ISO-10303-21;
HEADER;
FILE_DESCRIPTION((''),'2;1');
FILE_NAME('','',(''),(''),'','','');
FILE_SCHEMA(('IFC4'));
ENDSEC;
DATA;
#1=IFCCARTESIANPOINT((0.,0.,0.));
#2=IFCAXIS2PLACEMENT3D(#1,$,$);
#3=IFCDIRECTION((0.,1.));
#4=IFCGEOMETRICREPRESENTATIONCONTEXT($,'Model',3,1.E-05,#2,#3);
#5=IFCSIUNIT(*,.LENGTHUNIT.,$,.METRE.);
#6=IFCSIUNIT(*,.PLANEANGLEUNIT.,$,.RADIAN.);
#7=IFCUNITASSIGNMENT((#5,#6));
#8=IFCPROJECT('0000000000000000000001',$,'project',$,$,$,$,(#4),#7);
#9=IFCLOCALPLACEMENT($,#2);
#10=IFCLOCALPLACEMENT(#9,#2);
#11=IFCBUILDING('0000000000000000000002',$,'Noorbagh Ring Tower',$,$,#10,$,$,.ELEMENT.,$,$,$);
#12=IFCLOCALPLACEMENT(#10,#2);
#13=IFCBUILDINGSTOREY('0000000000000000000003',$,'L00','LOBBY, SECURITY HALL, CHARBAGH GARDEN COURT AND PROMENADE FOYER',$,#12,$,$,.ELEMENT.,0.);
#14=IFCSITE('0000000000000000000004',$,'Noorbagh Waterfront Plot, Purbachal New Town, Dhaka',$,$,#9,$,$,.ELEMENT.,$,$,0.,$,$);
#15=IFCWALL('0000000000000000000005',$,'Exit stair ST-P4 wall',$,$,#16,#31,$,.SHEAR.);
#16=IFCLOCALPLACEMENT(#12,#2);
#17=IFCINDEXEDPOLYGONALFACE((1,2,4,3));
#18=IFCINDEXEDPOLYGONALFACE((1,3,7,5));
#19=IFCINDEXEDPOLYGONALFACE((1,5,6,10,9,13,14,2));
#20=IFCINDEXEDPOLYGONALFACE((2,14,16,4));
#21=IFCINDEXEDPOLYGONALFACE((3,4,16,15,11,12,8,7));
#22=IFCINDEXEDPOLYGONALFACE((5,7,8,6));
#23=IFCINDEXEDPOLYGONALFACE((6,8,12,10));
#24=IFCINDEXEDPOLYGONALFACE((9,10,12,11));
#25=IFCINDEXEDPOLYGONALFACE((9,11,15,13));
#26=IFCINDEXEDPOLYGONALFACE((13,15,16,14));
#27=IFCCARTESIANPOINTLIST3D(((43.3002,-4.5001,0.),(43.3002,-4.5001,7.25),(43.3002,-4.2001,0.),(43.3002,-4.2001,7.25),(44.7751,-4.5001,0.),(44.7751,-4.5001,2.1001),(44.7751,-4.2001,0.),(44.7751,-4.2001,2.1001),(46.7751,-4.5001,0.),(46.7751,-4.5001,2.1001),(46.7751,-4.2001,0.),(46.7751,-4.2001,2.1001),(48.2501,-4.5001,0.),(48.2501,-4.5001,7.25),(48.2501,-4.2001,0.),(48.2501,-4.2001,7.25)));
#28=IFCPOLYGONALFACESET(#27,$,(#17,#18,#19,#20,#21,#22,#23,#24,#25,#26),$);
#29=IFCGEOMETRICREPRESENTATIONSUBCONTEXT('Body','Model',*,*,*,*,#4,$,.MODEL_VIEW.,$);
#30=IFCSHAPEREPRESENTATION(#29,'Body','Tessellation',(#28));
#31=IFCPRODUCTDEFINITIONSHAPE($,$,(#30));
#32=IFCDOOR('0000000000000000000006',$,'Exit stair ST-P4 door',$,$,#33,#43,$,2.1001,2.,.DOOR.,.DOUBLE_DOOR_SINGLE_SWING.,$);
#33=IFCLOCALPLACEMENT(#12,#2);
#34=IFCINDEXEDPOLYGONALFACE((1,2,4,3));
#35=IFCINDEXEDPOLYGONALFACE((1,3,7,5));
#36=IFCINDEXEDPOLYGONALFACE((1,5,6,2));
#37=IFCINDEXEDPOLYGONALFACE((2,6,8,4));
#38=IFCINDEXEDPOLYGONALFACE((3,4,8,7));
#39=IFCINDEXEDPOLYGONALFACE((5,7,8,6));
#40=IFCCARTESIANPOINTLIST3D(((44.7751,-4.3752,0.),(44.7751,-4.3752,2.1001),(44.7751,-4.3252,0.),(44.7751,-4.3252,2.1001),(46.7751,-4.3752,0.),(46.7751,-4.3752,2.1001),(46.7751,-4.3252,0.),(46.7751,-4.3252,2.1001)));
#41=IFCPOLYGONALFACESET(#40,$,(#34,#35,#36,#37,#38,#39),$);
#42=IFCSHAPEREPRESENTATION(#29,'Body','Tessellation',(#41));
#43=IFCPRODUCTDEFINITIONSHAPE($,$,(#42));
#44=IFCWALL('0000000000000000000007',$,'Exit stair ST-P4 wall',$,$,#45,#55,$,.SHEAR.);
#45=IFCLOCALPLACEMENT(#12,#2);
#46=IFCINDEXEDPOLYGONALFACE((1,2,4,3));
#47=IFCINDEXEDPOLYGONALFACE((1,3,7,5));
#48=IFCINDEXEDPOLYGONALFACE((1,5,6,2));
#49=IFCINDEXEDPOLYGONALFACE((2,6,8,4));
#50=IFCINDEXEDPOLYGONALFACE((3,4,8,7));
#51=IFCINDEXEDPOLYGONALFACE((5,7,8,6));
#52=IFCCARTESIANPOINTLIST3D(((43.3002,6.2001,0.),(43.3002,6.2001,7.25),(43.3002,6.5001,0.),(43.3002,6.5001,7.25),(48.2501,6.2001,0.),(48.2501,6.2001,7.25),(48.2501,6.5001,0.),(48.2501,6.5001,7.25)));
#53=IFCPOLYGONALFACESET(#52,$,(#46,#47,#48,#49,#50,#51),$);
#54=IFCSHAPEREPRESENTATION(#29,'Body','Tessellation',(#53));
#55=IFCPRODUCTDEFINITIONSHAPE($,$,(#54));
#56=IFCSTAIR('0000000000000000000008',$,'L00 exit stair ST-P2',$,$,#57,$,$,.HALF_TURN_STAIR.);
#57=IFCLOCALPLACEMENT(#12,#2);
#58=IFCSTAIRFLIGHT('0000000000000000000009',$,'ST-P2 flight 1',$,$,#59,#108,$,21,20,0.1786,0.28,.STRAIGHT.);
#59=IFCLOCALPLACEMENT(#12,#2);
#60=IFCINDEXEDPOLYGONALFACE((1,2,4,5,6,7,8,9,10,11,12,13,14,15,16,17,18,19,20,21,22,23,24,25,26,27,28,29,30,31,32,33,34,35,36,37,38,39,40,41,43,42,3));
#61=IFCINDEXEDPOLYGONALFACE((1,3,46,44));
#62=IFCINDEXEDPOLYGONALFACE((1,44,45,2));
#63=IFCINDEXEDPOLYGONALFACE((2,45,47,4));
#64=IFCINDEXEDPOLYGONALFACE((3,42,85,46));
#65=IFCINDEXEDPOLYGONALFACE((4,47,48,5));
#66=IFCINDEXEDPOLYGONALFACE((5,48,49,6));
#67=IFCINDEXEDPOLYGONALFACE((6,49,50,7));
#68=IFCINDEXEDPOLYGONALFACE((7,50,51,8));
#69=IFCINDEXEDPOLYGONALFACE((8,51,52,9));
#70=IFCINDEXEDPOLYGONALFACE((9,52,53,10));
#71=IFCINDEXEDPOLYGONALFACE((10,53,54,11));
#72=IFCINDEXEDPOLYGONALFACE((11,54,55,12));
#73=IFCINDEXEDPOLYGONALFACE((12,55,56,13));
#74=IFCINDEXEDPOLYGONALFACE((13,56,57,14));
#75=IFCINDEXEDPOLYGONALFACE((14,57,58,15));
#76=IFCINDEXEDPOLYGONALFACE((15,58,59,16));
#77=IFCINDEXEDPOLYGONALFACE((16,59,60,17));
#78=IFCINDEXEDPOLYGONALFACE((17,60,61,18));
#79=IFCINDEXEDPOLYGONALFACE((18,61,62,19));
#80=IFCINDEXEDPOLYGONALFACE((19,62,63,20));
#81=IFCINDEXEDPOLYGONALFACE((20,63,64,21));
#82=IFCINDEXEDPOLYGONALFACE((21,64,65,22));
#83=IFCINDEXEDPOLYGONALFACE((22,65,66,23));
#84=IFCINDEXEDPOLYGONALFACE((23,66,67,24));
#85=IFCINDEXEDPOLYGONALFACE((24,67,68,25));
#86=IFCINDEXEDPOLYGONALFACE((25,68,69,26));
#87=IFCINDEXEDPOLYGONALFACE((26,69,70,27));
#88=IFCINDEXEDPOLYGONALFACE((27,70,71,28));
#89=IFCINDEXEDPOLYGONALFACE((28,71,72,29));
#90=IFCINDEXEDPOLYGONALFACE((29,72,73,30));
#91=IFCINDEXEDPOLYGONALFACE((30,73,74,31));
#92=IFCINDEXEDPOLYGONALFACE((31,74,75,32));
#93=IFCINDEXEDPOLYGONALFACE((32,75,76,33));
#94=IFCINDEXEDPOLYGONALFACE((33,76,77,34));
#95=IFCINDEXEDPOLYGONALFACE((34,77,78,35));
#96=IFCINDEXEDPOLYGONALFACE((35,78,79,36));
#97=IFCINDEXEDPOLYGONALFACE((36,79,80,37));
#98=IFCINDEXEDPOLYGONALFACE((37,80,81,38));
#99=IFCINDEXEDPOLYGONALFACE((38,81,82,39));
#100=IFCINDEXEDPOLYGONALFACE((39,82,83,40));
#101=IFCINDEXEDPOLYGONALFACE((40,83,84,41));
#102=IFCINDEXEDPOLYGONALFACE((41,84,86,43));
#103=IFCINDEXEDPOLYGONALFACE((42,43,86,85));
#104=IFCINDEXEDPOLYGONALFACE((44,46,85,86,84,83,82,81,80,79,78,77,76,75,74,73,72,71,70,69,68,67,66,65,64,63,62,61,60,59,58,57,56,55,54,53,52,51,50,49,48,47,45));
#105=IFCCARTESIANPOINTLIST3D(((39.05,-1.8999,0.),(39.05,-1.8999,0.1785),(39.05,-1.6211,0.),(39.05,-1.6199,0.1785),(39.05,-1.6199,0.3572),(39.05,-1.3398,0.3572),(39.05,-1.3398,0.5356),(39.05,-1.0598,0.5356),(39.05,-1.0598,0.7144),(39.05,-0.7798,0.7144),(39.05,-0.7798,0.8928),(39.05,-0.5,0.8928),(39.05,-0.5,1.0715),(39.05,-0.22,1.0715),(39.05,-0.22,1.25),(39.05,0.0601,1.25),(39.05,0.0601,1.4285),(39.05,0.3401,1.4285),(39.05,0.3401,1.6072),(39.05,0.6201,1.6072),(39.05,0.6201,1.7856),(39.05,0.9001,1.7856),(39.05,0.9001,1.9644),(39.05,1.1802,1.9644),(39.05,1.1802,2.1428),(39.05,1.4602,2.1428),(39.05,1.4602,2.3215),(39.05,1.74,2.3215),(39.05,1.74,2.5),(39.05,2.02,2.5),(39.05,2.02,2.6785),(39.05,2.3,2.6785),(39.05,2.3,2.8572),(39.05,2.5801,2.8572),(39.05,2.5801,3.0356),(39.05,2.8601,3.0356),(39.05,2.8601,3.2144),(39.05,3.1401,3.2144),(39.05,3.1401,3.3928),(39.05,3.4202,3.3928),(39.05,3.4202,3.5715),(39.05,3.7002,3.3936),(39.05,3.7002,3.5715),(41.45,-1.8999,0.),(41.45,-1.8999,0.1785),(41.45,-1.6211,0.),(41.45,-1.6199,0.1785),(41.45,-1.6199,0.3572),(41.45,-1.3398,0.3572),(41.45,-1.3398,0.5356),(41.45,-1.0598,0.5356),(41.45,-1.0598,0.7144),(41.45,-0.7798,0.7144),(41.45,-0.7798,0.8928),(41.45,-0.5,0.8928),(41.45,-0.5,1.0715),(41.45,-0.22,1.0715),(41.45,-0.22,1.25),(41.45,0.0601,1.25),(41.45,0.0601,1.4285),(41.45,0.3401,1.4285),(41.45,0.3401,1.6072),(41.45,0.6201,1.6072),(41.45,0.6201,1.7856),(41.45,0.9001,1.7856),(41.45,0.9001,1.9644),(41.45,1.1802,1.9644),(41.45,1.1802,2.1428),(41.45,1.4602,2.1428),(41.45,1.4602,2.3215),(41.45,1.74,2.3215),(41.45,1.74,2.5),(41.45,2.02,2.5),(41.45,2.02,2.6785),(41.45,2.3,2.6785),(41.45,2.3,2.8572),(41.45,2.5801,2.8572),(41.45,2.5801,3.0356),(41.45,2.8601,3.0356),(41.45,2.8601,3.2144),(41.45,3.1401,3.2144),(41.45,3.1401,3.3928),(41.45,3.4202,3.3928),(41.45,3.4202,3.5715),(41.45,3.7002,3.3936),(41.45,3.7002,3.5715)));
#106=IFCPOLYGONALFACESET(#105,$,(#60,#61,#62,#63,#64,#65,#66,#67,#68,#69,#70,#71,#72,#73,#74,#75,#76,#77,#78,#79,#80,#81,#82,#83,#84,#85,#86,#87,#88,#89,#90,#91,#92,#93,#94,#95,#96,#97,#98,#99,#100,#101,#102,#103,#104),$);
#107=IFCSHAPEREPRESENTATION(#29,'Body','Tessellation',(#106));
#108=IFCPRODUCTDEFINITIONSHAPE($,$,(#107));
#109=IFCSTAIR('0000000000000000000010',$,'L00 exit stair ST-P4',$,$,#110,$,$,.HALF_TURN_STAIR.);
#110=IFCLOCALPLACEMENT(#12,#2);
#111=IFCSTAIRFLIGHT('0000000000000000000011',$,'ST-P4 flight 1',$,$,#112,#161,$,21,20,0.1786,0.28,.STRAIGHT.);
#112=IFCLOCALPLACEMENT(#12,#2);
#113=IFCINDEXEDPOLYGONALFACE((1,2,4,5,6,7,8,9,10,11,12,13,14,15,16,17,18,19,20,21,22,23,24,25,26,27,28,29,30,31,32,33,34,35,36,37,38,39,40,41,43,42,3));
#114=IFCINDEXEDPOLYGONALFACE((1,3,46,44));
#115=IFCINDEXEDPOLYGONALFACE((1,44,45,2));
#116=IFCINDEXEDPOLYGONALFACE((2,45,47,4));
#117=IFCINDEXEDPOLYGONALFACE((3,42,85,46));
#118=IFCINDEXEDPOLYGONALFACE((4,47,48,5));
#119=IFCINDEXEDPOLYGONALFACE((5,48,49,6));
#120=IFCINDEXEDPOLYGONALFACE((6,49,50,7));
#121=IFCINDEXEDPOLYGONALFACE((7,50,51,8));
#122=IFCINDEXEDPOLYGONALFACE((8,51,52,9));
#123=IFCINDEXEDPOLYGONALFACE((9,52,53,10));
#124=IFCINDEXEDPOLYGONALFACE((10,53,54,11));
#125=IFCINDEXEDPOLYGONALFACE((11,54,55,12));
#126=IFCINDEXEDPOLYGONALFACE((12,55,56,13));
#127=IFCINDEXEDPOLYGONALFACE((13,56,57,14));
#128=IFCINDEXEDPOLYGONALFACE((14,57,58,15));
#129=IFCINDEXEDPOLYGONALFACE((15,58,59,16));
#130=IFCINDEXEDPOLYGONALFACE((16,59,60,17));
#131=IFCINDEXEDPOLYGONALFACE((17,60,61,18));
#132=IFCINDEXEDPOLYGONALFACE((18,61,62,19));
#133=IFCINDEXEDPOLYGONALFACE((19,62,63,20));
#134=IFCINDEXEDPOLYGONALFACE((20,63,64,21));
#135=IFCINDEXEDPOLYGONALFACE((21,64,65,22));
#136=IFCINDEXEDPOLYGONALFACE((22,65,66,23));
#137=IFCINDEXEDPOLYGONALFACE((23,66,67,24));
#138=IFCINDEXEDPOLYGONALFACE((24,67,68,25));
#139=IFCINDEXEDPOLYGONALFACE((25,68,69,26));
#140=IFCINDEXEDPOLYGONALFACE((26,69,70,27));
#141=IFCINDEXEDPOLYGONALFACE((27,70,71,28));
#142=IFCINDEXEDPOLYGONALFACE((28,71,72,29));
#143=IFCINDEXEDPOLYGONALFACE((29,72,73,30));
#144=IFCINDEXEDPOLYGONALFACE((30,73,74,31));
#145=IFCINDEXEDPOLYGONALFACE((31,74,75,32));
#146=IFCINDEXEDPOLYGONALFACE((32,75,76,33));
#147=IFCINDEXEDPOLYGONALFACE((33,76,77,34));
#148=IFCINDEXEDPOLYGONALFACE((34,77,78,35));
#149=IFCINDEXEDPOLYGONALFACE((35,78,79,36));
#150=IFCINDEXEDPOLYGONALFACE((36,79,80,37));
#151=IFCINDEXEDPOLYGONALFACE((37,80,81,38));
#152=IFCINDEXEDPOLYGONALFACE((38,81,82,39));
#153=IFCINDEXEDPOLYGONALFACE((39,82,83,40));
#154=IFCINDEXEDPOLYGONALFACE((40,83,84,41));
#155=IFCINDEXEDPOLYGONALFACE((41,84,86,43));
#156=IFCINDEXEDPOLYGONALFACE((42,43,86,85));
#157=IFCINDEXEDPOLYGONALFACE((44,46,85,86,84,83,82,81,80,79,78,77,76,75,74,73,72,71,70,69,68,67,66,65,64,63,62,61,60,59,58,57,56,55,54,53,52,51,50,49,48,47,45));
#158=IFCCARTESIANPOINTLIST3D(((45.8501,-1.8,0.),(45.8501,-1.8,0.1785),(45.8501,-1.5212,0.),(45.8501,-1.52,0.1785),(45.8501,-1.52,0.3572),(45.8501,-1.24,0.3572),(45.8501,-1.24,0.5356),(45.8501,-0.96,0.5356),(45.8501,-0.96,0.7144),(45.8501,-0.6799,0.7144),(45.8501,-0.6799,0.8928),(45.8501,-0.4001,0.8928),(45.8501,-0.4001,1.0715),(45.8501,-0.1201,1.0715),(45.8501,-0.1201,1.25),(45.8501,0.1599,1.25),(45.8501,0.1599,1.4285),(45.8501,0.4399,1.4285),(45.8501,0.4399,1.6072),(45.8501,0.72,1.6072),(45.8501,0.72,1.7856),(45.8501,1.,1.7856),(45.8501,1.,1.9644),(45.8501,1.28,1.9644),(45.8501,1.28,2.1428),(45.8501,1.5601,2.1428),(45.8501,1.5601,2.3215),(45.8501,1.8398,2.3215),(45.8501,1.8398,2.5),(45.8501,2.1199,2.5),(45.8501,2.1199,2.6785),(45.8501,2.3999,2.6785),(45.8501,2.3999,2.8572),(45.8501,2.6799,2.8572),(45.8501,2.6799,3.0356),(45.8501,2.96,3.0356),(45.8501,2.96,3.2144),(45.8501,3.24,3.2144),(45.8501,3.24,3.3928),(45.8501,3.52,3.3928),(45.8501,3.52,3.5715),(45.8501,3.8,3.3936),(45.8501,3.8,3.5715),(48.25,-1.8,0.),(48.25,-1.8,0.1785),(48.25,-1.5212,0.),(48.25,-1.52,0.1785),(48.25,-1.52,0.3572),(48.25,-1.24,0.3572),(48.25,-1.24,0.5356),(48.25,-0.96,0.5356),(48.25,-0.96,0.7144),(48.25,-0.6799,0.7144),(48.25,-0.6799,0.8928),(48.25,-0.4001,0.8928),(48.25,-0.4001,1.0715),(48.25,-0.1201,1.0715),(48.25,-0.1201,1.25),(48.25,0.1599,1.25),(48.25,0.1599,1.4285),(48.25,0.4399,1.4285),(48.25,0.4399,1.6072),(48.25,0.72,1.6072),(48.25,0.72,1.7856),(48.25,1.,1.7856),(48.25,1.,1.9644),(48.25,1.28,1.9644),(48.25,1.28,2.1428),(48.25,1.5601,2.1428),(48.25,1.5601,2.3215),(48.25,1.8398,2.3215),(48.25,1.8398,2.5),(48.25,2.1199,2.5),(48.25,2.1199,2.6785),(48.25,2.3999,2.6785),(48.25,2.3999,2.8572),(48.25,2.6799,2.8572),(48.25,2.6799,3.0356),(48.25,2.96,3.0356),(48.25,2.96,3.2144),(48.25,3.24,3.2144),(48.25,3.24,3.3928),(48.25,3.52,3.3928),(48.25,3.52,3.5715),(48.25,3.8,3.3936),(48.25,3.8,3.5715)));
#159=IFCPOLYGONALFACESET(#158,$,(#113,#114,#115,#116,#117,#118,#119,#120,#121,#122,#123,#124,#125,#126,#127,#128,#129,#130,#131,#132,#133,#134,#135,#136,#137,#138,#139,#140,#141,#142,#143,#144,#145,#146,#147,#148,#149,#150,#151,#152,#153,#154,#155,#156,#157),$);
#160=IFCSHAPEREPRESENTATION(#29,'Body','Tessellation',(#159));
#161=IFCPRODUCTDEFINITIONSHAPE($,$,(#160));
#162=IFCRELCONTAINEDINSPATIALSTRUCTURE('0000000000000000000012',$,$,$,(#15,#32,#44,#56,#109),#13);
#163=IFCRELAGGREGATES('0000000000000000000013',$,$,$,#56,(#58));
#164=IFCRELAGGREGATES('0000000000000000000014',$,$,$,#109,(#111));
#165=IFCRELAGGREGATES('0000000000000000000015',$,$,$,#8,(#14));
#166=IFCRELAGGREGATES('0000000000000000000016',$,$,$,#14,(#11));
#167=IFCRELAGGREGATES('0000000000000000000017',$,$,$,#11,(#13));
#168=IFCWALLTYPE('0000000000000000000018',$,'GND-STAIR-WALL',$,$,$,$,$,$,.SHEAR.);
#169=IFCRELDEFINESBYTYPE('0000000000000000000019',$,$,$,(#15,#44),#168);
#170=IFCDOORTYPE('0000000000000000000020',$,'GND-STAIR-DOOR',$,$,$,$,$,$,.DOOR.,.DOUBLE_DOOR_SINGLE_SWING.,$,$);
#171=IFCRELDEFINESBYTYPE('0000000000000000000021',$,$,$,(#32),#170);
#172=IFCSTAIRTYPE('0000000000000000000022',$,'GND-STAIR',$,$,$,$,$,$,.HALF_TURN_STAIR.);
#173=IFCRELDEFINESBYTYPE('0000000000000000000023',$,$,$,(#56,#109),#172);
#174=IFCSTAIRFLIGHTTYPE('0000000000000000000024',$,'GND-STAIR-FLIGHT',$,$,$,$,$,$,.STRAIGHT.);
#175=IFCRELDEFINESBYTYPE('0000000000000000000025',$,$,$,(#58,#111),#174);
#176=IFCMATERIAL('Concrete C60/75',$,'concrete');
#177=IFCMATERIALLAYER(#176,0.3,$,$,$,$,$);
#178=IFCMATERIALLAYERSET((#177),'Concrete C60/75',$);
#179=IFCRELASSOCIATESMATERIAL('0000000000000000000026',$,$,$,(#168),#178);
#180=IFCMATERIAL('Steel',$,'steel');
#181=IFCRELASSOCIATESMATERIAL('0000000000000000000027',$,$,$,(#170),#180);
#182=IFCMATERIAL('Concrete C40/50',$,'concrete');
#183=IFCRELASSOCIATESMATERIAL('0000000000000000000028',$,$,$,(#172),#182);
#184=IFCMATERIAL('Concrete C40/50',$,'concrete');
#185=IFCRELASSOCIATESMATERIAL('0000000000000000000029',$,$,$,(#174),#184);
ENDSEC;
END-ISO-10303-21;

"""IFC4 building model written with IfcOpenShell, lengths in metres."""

from ifc_helpers import new_model, si_unit, direction, frame, frame_2d, origin, place, context, subcontext, project, spatial, polyline, rectangle, outline, extrude, material, layer, layer_set, type_object, element, fill, aggregate, save


model = new_model("IFC4")

# Units and contexts
model_context = context("Model", 3, precision=1e-05, world=origin(), true_north=direction((0.0, 1.0)))
body_context = subcontext(model_context, "Body", "Model", "MODEL_VIEW")
ifc_project = project(units=[si_unit("LENGTHUNIT", "METRE"), si_unit("PLANEANGLEUNIT", "RADIAN")], contexts=[model_context])

# Site, building, storey
site_placement = place(None, origin())
site = spatial("IfcSite", under=ifc_project, at=site_placement, Name="Noorbagh Waterfront Plot, Purbachal New Town, Dhaka", CompositionType="ELEMENT", RefElevation=0.0)
building_placement = place(site_placement, origin())
building = spatial("IfcBuilding", under=site, at=building_placement, Name="Noorbagh Ring Tower", CompositionType="ELEMENT")
storey_placement = place(building_placement, origin())
storey = spatial("IfcBuildingStorey", under=building, at=storey_placement, Name="L00", Description="LOBBY, SECURITY HALL, CHARBAGH GARDEN COURT AND PROMENADE FOYER", CompositionType="ELEMENT", Elevation=0.0)

# Shared definitions
ifc_material_1 = material(Name="Concrete C60/75", Category="concrete")
ifc_layer_1 = layer(ifc_material_1, 0.3)
ifc_layer_set_1 = layer_set([ifc_layer_1], Name="Concrete C60/75")
wall_type_1 = type_object("IfcWallType", Name="GND-STAIR-WALL", PredefinedType="SHEAR", material=ifc_layer_set_1)

# Wall, opening, door
wall_1_placement = place(storey_placement, frame((43.3, -4.3501, 0.0), z_axis=(0.0, 0.0, 1.0), x_axis=(1.0, 0.0, 0.0)))
wall_1 = element("IfcWall", 1, at=wall_1_placement, inside=storey, type_object=wall_type_1, Name="Exit stair ST-P4 wall", PredefinedType="SHEAR", context=body_context, shape_type="SweptSolid", body=[
    extrude(rectangle(XDim=4.95, YDim=0.3, at=frame_2d((2.4751, 0.0))), origin(), (0.0, 0.0, 1.0), 7.25),
])
opening_1_placement = place(wall_1_placement, frame((1.4751, 0.0, 0.0)))
opening_1 = element("IfcOpeningElement", 2, at=opening_1_placement, cuts=wall_1, PredefinedType="OPENING", context=body_context, shape_type="SweptSolid", body=[
    extrude(rectangle(XDim=2.0, YDim=2.1001, at=frame_2d((1.0, 1.05))), frame((0.0, 0.1602, 0.0), z_axis=(0.0, -1.0, 0.0), x_axis=(1.0, 0.0, 0.0)), (0.0, 0.0, 1.0), 0.3201),
])
ifc_material_2 = material(Name="Steel", Category="steel")
door_type = type_object("IfcDoorType", Name="GND-STAIR-DOOR", OperationType="DOUBLE_DOOR_SINGLE_SWING", PredefinedType="DOOR", material=ifc_material_2)
door_placement = place(opening_1_placement, origin())
door = element("IfcDoor", 3, at=door_placement, inside=storey, type_object=door_type, Name="Exit stair ST-P4 door", OperationType="DOUBLE_DOOR_SINGLE_SWING", OverallHeight=2.1001, OverallWidth=2.0, PredefinedType="DOOR", context=body_context, shape_type="SweptSolid", body=[
    extrude(rectangle(XDim=2.0, YDim=2.1001, at=frame_2d((1.0, 1.05))), frame((0.0, 0.0249, 0.0), z_axis=(0.0, -1.0, 0.0), x_axis=(1.0, 0.0, 0.0)), (0.0, 0.0, 1.0), 0.05),
])
fill(opening_1, door)

# Wall
wall_2_placement = place(storey_placement, frame((43.3, 6.3501, 0.0), z_axis=(0.0, 0.0, 1.0), x_axis=(1.0, 0.0, 0.0)))
element("IfcWall", 4, at=wall_2_placement, inside=storey, type_object=wall_type_1, Name="Exit stair ST-P4 wall", PredefinedType="SHEAR", context=body_context, shape_type="SweptSolid", body=[
    extrude(rectangle(XDim=4.95, YDim=0.3, at=frame_2d((2.4751, 0.0))), origin(), (0.0, 0.0, 1.0), 7.25),
])

# Stair, stair flight
ifc_material_3 = material(Name="Concrete C40/50", Category="concrete")
stair_type = type_object("IfcStairType", Name="GND-STAIR", PredefinedType="HALF_TURN_STAIR", material=ifc_material_3)
stair_1_placement = place(storey_placement, origin())
stair_1 = element("IfcStair", 5, at=stair_1_placement, inside=storey, type_object=stair_type, Name="L00 exit stair ST-P2", PredefinedType="HALF_TURN_STAIR")
ifc_material_4 = material(Name="Concrete C40/50", Category="concrete")
stair_flight_type = type_object("IfcStairFlightType", Name="GND-STAIR-FLIGHT", PredefinedType="STRAIGHT", material=ifc_material_4)
stair_flight_1_placement = place(storey_placement, frame((40.25, -1.8999, 0.0), z_axis=(0.0, 0.0, 1.0), x_axis=(0.0, 1.0, 0.0)))
stair_flight_1 = element("IfcStairFlight", 6, at=stair_flight_1_placement, type_object=stair_flight_type, Name="ST-P2 flight 1", NumberOfRisers=21, NumberOfTreads=20, PredefinedType="STRAIGHT", RiserHeight=0.1786, TreadLength=0.28, context=body_context, shape_type="SweptSolid", body=[
    extrude(outline(polyline([(0.0, 0.0), (0.0, 0.1785), (0.28, 0.1785), (0.28, 0.3572), (0.5601, 0.3572), (0.5601, 0.5356), (0.8401, 0.5356), (0.8401, 0.7144), (1.1201, 0.7144), (1.1201, 0.8928), (1.3999, 0.8928), (1.3999, 1.0715), (1.6799, 1.0715), (1.6799, 1.25), (1.96, 1.25), (1.96, 1.4285), (2.24, 1.4285), (2.24, 1.6072), (2.52, 1.6072), (2.52, 1.7856), (2.8, 1.7856), (2.8, 1.9644), (3.0801, 1.9644), (3.0801, 2.1428), (3.3601, 2.1428), (3.3601, 2.3215), (3.6399, 2.3215), (3.6399, 2.5), (3.9199, 2.5), (3.9199, 2.6785), (4.2, 2.6785), (4.2, 2.8572), (4.48, 2.8572), (4.48, 3.0356), (4.76, 3.0356), (4.76, 3.2144), (5.04, 3.2144), (5.04, 3.3928), (5.3201, 3.3928), (5.3201, 3.5715), (5.6001, 3.5715), (5.6001, 3.75), (5.6001, 3.3936), (0.2788, 0.0), (0.0, 0.0)])), frame((0.0, 1.2, 0.0), z_axis=(0.0, -1.0, 0.0), x_axis=(1.0, 0.0, 0.0)), (0.0, 0.0, 1.0), 2.3999),
])
aggregate(stair_1, [stair_flight_1])

# Stair, stair flight
stair_2_placement = place(storey_placement, origin())
stair_2 = element("IfcStair", 7, at=stair_2_placement, inside=storey, type_object=stair_type, Name="L00 exit stair ST-P4", PredefinedType="HALF_TURN_STAIR")
stair_flight_2_placement = place(storey_placement, frame((47.05, -1.8, 0.0), z_axis=(0.0, 0.0, 1.0), x_axis=(0.0, 1.0, 0.0)))
stair_flight_2 = element("IfcStairFlight", 8, at=stair_flight_2_placement, type_object=stair_flight_type, Name="ST-P4 flight 1", NumberOfRisers=21, NumberOfTreads=20, PredefinedType="STRAIGHT", RiserHeight=0.1786, TreadLength=0.28, context=body_context, shape_type="SweptSolid", body=[
    extrude(outline(polyline([(0.0, 0.0), (0.0, 0.1785), (0.28, 0.1785), (0.28, 0.3572), (0.5601, 0.3572), (0.5601, 0.5356), (0.8401, 0.5356), (0.8401, 0.7144), (1.1201, 0.7144), (1.1201, 0.8928), (1.3999, 0.8928), (1.3999, 1.0715), (1.6799, 1.0715), (1.6799, 1.25), (1.96, 1.25), (1.96, 1.4285), (2.24, 1.4285), (2.24, 1.6072), (2.52, 1.6072), (2.52, 1.7856), (2.8, 1.7856), (2.8, 1.9644), (3.0801, 1.9644), (3.0801, 2.1428), (3.3601, 2.1428), (3.3601, 2.3215), (3.6399, 2.3215), (3.6399, 2.5), (3.9199, 2.5), (3.9199, 2.6785), (4.2, 2.6785), (4.2, 2.8572), (4.48, 2.8572), (4.48, 3.0356), (4.76, 3.0356), (4.76, 3.2144), (5.04, 3.2144), (5.04, 3.3928), (5.3201, 3.3928), (5.3201, 3.5715), (5.6001, 3.5715), (5.6001, 3.75), (5.6001, 3.3936), (0.2788, 0.0), (0.0, 0.0)])), frame((0.0, 1.2, 0.0), z_axis=(0.0, -1.0, 0.0), x_axis=(1.0, 0.0, 0.0)), (0.0, 0.0, 1.0), 2.3999),
])
aggregate(stair_2, [stair_flight_2])

save(model, "model.ifc")
